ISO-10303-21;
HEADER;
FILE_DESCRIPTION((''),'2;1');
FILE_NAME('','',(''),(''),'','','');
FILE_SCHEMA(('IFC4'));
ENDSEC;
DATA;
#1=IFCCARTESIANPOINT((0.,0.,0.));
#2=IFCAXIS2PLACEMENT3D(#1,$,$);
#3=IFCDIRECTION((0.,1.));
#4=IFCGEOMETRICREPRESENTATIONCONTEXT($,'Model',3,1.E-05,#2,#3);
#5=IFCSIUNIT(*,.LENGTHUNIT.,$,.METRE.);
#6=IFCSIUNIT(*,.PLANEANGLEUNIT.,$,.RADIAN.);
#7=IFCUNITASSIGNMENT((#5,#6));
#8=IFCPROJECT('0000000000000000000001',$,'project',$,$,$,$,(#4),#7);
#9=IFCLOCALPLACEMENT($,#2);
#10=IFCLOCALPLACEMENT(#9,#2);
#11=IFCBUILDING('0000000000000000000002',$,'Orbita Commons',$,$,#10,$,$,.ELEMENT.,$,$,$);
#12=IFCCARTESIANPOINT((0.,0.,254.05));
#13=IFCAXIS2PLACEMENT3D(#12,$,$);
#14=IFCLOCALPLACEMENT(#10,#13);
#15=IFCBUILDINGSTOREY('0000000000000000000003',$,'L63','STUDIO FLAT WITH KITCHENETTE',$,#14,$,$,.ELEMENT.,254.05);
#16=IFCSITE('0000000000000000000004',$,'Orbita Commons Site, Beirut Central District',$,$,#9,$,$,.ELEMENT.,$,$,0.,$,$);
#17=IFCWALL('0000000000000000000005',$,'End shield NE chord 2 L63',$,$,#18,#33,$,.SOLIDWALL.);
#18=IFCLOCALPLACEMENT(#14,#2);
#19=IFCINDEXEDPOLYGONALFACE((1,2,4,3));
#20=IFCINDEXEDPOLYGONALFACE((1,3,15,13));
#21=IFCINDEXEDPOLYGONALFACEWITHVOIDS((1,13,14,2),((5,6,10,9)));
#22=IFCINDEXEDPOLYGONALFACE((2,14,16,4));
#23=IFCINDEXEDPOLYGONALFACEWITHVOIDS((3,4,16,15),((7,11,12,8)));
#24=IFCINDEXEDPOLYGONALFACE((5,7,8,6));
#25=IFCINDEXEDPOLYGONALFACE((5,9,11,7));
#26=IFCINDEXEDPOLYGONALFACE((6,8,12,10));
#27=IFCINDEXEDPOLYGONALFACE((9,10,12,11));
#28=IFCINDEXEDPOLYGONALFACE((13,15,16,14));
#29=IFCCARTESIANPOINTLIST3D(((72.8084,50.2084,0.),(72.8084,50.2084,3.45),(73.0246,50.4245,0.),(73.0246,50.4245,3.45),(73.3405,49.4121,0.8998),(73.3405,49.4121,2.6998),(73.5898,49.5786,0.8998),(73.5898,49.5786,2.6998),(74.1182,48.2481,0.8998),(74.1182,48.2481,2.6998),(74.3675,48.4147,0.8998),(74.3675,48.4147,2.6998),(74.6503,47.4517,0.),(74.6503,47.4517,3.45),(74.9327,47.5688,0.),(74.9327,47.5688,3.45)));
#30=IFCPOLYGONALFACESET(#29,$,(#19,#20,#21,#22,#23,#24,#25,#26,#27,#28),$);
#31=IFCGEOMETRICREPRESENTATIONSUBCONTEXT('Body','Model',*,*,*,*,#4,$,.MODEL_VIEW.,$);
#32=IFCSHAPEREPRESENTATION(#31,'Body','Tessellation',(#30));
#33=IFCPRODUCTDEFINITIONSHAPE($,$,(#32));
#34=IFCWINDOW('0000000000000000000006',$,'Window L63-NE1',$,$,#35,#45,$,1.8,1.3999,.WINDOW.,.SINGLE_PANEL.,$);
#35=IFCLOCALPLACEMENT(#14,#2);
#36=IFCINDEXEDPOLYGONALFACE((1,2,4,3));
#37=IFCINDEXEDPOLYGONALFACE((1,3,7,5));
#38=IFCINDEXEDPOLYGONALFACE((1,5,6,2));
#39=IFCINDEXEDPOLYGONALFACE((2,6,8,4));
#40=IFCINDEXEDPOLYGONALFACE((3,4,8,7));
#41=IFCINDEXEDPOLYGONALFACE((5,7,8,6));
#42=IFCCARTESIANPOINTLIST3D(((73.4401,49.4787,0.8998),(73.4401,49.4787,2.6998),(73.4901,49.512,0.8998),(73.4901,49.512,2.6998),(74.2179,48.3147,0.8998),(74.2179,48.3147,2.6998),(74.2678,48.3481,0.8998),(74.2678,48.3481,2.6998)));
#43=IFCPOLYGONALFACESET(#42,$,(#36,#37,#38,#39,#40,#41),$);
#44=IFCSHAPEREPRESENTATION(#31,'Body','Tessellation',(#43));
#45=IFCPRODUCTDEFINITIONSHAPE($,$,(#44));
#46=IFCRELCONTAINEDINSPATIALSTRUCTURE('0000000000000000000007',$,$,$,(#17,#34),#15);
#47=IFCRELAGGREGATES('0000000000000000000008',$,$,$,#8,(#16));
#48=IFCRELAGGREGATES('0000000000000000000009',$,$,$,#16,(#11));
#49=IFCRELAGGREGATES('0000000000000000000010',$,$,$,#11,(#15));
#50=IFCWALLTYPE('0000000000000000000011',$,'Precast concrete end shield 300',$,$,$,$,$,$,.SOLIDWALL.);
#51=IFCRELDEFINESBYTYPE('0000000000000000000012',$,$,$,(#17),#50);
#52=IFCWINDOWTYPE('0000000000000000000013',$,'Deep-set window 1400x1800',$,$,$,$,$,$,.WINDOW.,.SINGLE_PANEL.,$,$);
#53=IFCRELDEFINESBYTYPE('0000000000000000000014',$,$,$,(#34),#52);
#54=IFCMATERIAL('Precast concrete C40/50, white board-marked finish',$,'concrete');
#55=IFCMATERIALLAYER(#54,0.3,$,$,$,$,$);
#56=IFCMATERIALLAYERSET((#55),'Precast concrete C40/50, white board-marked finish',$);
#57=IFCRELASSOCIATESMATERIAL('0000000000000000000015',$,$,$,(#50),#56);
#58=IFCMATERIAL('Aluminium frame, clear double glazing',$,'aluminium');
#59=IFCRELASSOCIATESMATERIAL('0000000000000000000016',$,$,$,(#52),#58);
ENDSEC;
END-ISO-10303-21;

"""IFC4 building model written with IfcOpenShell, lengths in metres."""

from ifc_helpers import new_model, si_unit, direction, frame, frame_2d, origin, place, context, subcontext, project, spatial, polyline, rectangle, outline, extrude, material, layer, layer_set, type_object, element, fill, save


model = new_model("IFC4")

# Units and contexts
model_context = context("Model", 3, precision=1e-05, world=origin(), true_north=direction((0.0, 1.0)))
body_context = subcontext(model_context, "Body", "Model", "MODEL_VIEW")
ifc_project = project(units=[si_unit("LENGTHUNIT", "METRE"), si_unit("PLANEANGLEUNIT", "RADIAN")], contexts=[model_context])

# Site, building, storey
site_placement = place(None, origin())
site = spatial("IfcSite", under=ifc_project, at=site_placement, Name="Orbita Commons Site, Beirut Central District", CompositionType="ELEMENT", RefElevation=0.0)
building_placement = place(site_placement, origin())
building = spatial("IfcBuilding", under=site, at=building_placement, Name="Orbita Commons", CompositionType="ELEMENT")
storey_placement = place(building_placement, frame((0.0, 0.0, 254.05)))
storey = spatial("IfcBuildingStorey", under=building, at=storey_placement, Name="L63", Description="STUDIO FLAT WITH KITCHENETTE", CompositionType="ELEMENT", Elevation=254.05)

# Wall, opening, window
ifc_material_1 = material(Name="Precast concrete C40/50, white board-marked finish", Category="concrete")
ifc_layer_1 = layer(ifc_material_1, 0.3)
ifc_layer_set_1 = layer_set([ifc_layer_1], Name="Precast concrete C40/50, white board-marked finish")
wall_type_1 = type_object("IfcWallType", Name="Precast concrete end shield 300", PredefinedType="SOLIDWALL", material=ifc_layer_set_1)
wall_1_placement = place(storey_placement, frame((74.7915, 47.5103, 0.0), z_axis=(0.0, 0.0, 1.0), x_axis=(-0.555568, 0.831471, 0.0)))
wall_1 = element("IfcWall", 1, at=wall_1_placement, inside=storey, type_object=wall_type_1, Name="End shield NE chord 2 L63", PredefinedType="SOLIDWALL", context=body_context, shape_type="SweptSolid", body=[
    extrude(outline(polyline([(-0.0298, -0.1499), (3.4048, -0.1499), (3.3452, 0.1499), (0.0298, 0.1499), (-0.0298, -0.1499)])), origin(), (0.0, 0.0, 1.0), 3.45),
])
opening_1_placement = place(wall_1_placement, frame((0.9875, 0.0, 0.8999)))
opening_1 = element("IfcOpeningElement", 2, at=opening_1_placement, cuts=wall_1, PredefinedType="OPENING", context=body_context, shape_type="SweptSolid", body=[
    extrude(rectangle(XDim=1.3999, YDim=1.8, at=frame_2d((0.7, 0.8999))), frame((0.0, 0.1599, 0.0), z_axis=(0.0, -1.0, 0.0), x_axis=(1.0, 0.0, 0.0)), (0.0, 0.0, 1.0), 0.3201),
])
ifc_material_2 = material(Name="Aluminium frame, clear double glazing", Category="aluminium")
window_type = type_object("IfcWindowType", Name="Deep-set window 1400x1800", PartitioningType="SINGLE_PANEL", PredefinedType="WINDOW", material=ifc_material_2)
window_placement = place(opening_1_placement, origin())
window = element("IfcWindow", 3, at=window_placement, inside=storey, type_object=window_type, Name="Window L63-NE1", OverallHeight=1.8, OverallWidth=1.3999, PartitioningType="SINGLE_PANEL", PredefinedType="WINDOW", context=body_context, shape_type="SweptSolid", body=[
    extrude(rectangle(XDim=1.3999, YDim=1.8, at=frame_2d((0.7, 0.8999))), frame((0.0, 0.03, 0.0), z_axis=(0.0, -1.0, 0.0), x_axis=(1.0, 0.0, 0.0)), (0.0, 0.0, 1.0), 0.0601),
])
fill(opening_1, window)

save(model, "model.ifc")
